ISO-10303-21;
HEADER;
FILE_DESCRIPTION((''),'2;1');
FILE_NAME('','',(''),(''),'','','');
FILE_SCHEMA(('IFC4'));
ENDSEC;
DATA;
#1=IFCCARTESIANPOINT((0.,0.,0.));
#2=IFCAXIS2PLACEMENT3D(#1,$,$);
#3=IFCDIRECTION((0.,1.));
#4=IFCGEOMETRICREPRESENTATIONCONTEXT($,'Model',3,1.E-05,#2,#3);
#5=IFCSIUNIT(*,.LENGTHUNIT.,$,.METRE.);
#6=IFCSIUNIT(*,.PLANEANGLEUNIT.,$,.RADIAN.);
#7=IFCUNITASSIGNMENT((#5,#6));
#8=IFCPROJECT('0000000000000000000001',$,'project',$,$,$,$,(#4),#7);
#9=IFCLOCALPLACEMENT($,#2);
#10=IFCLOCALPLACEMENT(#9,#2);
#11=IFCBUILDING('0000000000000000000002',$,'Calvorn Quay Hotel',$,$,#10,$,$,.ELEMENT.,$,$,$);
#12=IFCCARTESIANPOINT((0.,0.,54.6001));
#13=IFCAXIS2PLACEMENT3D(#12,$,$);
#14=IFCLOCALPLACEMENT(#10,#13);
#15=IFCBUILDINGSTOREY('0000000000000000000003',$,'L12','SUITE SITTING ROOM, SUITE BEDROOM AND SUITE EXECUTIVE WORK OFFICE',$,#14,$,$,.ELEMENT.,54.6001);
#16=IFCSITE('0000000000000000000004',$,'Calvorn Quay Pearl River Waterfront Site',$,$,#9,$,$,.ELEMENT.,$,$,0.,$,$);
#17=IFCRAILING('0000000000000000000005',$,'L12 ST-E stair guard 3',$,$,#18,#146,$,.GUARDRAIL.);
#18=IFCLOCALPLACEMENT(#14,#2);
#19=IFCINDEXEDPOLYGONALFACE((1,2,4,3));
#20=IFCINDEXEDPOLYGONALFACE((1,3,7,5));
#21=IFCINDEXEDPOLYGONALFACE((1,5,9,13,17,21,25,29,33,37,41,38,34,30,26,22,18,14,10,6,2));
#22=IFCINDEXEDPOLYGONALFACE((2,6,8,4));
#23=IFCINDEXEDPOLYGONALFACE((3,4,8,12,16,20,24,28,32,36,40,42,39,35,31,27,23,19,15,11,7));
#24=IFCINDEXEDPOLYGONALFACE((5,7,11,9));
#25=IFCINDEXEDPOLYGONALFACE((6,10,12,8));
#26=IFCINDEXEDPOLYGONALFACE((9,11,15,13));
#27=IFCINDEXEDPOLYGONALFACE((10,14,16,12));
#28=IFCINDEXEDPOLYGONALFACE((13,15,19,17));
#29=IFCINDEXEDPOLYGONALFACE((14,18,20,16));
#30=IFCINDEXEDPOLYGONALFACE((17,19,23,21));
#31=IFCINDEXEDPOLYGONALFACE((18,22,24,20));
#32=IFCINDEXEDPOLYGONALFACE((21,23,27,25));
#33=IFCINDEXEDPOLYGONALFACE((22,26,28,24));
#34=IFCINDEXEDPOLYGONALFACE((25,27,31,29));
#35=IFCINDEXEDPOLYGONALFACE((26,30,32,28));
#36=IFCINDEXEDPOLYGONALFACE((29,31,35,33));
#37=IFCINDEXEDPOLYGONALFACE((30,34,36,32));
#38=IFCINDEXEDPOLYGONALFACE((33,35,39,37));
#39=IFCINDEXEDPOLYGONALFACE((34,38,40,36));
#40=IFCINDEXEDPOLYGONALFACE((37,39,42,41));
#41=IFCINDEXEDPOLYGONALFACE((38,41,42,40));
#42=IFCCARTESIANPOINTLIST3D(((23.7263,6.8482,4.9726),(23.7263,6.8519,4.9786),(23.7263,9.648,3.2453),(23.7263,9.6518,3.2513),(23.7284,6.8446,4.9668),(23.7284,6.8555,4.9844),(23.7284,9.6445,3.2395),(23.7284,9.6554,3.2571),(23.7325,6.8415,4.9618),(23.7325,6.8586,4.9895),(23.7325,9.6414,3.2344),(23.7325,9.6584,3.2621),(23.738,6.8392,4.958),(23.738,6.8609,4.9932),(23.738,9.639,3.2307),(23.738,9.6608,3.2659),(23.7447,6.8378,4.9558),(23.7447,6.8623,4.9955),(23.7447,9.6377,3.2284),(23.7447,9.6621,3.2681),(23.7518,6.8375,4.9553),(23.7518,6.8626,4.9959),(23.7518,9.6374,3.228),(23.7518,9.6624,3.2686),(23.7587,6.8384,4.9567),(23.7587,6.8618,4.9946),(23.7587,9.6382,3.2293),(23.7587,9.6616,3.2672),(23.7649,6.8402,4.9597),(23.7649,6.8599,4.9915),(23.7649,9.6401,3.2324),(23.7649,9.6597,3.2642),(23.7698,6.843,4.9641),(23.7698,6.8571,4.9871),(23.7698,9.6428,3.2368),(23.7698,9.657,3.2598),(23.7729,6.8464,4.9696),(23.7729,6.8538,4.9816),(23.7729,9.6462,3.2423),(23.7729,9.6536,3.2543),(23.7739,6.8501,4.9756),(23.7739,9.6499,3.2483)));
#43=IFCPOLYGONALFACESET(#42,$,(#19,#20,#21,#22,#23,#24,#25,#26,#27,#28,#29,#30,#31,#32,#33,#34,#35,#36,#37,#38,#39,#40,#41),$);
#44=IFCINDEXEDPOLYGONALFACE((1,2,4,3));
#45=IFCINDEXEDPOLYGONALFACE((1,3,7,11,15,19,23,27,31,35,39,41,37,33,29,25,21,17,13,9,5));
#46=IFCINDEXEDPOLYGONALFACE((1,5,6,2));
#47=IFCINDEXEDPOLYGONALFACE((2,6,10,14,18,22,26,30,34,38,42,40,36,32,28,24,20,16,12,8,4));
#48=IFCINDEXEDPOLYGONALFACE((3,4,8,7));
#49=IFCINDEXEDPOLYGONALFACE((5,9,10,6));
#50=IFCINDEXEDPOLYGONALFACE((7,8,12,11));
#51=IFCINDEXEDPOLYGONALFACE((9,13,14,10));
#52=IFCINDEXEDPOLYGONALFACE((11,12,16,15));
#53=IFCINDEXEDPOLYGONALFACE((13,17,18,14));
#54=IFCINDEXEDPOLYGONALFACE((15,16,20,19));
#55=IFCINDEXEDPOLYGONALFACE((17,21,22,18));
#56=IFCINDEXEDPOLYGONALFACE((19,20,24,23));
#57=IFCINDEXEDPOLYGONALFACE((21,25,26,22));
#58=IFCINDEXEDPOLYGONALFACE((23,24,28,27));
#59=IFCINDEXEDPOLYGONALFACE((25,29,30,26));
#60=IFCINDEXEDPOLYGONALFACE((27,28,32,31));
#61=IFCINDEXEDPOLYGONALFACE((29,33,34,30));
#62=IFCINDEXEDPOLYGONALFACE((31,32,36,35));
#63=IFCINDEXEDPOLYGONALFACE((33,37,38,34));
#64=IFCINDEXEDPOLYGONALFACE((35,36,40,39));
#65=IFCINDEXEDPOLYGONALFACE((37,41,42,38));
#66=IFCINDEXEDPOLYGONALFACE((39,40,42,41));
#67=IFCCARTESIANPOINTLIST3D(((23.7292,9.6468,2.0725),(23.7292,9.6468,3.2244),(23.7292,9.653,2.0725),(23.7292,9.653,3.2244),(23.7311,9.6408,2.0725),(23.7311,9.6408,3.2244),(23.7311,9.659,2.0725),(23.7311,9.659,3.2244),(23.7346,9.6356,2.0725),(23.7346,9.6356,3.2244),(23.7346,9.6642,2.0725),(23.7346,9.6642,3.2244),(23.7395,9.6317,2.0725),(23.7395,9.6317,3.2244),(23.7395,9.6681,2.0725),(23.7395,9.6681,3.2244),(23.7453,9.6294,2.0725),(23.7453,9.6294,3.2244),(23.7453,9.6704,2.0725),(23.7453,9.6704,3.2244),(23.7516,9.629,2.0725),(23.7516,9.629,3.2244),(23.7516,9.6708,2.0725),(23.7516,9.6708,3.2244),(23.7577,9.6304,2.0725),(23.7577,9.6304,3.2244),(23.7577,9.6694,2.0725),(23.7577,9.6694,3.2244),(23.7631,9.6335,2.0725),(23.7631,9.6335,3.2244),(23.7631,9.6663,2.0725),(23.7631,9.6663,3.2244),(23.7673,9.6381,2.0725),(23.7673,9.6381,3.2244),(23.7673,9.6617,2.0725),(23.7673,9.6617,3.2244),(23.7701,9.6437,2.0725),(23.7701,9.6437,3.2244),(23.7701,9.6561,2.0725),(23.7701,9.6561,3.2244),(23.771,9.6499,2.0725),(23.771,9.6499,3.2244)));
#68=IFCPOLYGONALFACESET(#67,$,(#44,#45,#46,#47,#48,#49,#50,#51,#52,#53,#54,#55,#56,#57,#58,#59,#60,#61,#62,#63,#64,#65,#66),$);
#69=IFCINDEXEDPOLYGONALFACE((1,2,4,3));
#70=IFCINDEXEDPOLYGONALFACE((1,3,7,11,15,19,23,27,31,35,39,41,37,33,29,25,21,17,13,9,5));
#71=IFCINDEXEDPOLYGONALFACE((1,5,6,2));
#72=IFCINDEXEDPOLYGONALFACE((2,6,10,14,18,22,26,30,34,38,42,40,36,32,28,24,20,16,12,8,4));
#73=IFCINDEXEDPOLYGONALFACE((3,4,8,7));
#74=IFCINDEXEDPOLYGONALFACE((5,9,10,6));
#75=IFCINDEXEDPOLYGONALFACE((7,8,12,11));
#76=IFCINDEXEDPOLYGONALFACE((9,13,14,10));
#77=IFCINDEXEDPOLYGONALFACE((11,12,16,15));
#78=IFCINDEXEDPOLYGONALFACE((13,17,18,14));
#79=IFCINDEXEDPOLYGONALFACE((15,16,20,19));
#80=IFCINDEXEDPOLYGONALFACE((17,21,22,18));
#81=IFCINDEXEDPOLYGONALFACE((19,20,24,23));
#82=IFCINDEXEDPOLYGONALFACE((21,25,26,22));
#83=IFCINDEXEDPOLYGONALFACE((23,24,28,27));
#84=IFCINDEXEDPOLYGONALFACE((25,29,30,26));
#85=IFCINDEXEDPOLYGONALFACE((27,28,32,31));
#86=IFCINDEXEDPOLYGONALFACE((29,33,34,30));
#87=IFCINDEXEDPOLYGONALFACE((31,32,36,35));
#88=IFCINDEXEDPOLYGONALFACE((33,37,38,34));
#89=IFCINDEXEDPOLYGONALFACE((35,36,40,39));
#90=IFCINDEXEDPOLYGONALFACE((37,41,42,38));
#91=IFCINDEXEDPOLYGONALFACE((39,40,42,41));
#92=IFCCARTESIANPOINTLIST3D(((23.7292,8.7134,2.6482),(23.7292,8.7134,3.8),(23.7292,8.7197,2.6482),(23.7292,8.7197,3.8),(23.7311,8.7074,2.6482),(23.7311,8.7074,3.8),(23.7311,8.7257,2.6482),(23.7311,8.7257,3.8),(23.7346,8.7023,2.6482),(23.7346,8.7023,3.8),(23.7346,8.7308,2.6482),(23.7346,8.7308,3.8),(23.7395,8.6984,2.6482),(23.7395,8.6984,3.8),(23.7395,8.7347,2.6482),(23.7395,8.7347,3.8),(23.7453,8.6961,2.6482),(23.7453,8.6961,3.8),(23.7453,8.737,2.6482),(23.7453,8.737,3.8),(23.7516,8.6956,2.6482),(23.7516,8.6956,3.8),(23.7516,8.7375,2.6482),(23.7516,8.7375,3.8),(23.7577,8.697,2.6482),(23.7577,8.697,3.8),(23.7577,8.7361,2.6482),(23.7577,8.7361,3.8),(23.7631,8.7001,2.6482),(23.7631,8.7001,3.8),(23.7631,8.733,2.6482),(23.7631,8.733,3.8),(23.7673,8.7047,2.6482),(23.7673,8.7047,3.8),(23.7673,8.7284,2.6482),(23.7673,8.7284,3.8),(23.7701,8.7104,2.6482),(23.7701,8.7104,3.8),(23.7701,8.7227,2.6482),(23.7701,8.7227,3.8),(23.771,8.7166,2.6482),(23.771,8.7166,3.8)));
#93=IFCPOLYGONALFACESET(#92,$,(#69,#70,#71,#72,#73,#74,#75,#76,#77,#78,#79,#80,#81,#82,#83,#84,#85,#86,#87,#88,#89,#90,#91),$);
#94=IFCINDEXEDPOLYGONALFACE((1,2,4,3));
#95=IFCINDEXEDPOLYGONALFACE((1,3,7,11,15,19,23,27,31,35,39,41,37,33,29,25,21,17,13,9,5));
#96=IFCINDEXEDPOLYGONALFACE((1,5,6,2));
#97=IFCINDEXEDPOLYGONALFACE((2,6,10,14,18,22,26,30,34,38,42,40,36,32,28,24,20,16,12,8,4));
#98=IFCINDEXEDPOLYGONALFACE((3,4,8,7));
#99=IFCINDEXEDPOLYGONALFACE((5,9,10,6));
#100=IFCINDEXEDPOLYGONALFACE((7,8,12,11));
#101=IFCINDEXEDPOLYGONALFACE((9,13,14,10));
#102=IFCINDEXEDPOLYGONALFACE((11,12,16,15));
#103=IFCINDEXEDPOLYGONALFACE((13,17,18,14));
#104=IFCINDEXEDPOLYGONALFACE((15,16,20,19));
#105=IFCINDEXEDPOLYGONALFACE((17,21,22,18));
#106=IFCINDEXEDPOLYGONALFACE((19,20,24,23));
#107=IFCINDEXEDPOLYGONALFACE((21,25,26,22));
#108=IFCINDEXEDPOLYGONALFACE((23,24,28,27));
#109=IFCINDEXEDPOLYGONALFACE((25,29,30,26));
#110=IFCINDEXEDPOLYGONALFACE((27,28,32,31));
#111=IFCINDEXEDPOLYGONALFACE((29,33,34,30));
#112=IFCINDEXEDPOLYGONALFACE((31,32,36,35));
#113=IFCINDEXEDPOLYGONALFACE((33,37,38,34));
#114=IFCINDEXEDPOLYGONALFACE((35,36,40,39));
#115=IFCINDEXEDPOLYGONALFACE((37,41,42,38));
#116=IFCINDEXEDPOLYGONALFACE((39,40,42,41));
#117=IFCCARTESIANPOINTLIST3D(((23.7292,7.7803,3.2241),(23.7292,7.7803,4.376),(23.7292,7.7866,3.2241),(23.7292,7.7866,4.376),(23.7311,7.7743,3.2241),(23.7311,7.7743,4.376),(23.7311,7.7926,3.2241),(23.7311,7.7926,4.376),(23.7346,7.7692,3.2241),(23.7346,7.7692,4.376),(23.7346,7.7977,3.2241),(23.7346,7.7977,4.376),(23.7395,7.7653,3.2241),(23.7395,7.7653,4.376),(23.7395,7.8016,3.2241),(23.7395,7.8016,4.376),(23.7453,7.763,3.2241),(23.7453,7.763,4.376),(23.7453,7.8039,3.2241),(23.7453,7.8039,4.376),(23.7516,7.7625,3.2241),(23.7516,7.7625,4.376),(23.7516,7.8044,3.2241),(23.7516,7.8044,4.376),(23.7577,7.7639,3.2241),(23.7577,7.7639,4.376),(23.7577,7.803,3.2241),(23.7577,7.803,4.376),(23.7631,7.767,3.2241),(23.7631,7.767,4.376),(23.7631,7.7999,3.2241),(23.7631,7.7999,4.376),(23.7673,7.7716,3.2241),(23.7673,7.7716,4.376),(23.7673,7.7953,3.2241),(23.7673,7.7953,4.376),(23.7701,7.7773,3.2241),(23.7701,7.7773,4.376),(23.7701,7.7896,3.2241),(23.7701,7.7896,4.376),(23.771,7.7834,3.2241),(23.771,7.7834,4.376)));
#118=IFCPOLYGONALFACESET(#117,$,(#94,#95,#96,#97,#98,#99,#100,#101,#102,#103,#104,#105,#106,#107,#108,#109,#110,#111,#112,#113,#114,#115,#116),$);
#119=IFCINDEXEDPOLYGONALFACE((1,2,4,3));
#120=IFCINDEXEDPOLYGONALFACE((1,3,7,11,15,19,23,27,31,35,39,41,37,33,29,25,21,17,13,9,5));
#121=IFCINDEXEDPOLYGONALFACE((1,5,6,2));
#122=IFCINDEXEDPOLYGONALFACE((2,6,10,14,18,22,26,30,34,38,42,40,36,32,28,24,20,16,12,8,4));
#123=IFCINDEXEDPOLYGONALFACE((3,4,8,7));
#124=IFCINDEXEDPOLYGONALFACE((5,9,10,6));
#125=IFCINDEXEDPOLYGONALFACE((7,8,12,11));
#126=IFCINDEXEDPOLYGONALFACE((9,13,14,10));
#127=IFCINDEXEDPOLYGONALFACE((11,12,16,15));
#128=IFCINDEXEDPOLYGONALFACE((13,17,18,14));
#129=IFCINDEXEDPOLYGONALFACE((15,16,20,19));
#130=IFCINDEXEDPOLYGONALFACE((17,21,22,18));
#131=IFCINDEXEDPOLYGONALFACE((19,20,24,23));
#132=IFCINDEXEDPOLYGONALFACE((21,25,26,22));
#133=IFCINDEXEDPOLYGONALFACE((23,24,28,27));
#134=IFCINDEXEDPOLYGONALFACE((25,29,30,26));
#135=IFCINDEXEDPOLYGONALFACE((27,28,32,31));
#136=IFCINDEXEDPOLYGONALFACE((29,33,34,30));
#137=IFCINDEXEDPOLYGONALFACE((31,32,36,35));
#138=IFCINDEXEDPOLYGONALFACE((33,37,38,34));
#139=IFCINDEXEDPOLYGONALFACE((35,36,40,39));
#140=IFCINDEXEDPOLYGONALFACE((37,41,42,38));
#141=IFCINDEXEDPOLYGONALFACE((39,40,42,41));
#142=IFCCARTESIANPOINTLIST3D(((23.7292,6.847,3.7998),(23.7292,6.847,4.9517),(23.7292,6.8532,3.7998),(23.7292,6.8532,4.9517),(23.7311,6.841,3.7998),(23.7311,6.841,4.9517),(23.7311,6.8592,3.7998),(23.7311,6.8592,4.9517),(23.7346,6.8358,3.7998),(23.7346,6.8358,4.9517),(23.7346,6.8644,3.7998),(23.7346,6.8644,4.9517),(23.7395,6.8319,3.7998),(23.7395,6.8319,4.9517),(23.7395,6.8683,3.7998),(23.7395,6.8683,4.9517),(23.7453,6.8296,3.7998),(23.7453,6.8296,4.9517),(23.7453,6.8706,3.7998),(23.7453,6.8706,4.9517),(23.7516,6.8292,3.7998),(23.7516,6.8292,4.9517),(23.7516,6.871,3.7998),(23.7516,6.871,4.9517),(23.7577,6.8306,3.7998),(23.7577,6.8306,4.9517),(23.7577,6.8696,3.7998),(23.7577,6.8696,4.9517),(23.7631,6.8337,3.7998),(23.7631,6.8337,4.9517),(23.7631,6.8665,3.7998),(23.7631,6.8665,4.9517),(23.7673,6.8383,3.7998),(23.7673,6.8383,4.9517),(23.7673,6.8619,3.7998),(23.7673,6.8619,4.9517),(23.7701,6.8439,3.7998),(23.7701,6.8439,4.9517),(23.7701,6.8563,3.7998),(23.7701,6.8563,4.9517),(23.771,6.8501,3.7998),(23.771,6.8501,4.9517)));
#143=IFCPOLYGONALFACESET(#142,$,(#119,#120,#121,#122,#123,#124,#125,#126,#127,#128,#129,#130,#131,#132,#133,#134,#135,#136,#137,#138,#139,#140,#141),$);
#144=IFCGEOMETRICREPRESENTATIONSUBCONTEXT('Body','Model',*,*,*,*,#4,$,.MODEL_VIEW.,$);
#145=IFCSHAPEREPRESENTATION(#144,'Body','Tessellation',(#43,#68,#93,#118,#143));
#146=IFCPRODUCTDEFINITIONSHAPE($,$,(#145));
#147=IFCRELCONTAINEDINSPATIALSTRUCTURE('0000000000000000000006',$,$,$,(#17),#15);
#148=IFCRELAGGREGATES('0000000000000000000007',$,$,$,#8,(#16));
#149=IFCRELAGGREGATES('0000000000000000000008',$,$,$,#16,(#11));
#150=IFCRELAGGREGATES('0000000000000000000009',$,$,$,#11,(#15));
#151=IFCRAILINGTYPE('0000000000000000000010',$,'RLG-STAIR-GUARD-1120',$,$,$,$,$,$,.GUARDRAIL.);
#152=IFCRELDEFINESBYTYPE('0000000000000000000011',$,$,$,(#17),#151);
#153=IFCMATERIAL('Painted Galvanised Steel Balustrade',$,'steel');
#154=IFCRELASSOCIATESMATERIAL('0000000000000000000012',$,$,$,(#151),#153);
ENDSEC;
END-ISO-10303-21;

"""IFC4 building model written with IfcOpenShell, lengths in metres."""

from ifc_helpers import new_model, si_unit, direction, frame, origin, origin_2d, place, context, subcontext, project, spatial, circle, extrude, material, type_object, element, save


model = new_model("IFC4")

# Units and contexts
model_context = context("Model", 3, precision=1e-05, world=origin(), true_north=direction((0.0, 1.0)))
body_context = subcontext(model_context, "Body", "Model", "MODEL_VIEW")
ifc_project = project(units=[si_unit("LENGTHUNIT", "METRE"), si_unit("PLANEANGLEUNIT", "RADIAN")], contexts=[model_context])

# Site, building, storey
site_placement = place(None, origin())
site = spatial("IfcSite", under=ifc_project, at=site_placement, Name="Calvorn Quay Pearl River Waterfront Site", CompositionType="ELEMENT", RefElevation=0.0)
building_placement = place(site_placement, origin())
building = spatial("IfcBuilding", under=site, at=building_placement, Name="Calvorn Quay Hotel", CompositionType="ELEMENT")
storey_placement = place(building_placement, frame((0.0, 0.0, 54.6001)))
storey = spatial("IfcBuildingStorey", under=building, at=storey_placement, Name="L12", Description="SUITE SITTING ROOM, SUITE BEDROOM AND SUITE EXECUTIVE WORK OFFICE", CompositionType="ELEMENT", Elevation=54.6001)

# Railing
ifc_material_1 = material(Name="Painted Galvanised Steel Balustrade", Category="steel")
railing_type_1 = type_object("IfcRailingType", Name="RLG-STAIR-GUARD-1120", PredefinedType="GUARDRAIL", material=ifc_material_1)
railing_1_placement = place(storey_placement, frame((23.75, 9.6499, 2.0725)))
element("IfcRailing", 1, at=railing_1_placement, inside=storey, type_object=railing_type_1, Name="L12 ST-E stair guard 3", PredefinedType="GUARDRAIL", context=body_context, shape_type="SweptSolid", body=[
    extrude(circle(Radius=0.0239, at=origin_2d()), frame((0.0, 0.0, 1.1758), z_axis=(0.0, -0.851069, 0.525054), x_axis=(1.0, 0.0, 0.0)), (0.0, 0.0, 1.0), 3.2898),
    extrude(circle(Radius=0.021, at=origin_2d()), origin(), (0.0, 0.0, 1.0), 1.1519),
    extrude(circle(Radius=0.021, at=origin_2d()), frame((0.0, -0.9333, 0.5757)), (0.0, 0.0, 1.0), 1.1519),
    extrude(circle(Radius=0.021, at=origin_2d()), frame((0.0, -1.8665, 1.1516)), (0.0, 0.0, 1.0), 1.1519),
    extrude(circle(Radius=0.021, at=origin_2d()), frame((0.0, -2.7998, 1.7273)), (0.0, 0.0, 1.0), 1.1519),
])

save(model, "model.ifc")
